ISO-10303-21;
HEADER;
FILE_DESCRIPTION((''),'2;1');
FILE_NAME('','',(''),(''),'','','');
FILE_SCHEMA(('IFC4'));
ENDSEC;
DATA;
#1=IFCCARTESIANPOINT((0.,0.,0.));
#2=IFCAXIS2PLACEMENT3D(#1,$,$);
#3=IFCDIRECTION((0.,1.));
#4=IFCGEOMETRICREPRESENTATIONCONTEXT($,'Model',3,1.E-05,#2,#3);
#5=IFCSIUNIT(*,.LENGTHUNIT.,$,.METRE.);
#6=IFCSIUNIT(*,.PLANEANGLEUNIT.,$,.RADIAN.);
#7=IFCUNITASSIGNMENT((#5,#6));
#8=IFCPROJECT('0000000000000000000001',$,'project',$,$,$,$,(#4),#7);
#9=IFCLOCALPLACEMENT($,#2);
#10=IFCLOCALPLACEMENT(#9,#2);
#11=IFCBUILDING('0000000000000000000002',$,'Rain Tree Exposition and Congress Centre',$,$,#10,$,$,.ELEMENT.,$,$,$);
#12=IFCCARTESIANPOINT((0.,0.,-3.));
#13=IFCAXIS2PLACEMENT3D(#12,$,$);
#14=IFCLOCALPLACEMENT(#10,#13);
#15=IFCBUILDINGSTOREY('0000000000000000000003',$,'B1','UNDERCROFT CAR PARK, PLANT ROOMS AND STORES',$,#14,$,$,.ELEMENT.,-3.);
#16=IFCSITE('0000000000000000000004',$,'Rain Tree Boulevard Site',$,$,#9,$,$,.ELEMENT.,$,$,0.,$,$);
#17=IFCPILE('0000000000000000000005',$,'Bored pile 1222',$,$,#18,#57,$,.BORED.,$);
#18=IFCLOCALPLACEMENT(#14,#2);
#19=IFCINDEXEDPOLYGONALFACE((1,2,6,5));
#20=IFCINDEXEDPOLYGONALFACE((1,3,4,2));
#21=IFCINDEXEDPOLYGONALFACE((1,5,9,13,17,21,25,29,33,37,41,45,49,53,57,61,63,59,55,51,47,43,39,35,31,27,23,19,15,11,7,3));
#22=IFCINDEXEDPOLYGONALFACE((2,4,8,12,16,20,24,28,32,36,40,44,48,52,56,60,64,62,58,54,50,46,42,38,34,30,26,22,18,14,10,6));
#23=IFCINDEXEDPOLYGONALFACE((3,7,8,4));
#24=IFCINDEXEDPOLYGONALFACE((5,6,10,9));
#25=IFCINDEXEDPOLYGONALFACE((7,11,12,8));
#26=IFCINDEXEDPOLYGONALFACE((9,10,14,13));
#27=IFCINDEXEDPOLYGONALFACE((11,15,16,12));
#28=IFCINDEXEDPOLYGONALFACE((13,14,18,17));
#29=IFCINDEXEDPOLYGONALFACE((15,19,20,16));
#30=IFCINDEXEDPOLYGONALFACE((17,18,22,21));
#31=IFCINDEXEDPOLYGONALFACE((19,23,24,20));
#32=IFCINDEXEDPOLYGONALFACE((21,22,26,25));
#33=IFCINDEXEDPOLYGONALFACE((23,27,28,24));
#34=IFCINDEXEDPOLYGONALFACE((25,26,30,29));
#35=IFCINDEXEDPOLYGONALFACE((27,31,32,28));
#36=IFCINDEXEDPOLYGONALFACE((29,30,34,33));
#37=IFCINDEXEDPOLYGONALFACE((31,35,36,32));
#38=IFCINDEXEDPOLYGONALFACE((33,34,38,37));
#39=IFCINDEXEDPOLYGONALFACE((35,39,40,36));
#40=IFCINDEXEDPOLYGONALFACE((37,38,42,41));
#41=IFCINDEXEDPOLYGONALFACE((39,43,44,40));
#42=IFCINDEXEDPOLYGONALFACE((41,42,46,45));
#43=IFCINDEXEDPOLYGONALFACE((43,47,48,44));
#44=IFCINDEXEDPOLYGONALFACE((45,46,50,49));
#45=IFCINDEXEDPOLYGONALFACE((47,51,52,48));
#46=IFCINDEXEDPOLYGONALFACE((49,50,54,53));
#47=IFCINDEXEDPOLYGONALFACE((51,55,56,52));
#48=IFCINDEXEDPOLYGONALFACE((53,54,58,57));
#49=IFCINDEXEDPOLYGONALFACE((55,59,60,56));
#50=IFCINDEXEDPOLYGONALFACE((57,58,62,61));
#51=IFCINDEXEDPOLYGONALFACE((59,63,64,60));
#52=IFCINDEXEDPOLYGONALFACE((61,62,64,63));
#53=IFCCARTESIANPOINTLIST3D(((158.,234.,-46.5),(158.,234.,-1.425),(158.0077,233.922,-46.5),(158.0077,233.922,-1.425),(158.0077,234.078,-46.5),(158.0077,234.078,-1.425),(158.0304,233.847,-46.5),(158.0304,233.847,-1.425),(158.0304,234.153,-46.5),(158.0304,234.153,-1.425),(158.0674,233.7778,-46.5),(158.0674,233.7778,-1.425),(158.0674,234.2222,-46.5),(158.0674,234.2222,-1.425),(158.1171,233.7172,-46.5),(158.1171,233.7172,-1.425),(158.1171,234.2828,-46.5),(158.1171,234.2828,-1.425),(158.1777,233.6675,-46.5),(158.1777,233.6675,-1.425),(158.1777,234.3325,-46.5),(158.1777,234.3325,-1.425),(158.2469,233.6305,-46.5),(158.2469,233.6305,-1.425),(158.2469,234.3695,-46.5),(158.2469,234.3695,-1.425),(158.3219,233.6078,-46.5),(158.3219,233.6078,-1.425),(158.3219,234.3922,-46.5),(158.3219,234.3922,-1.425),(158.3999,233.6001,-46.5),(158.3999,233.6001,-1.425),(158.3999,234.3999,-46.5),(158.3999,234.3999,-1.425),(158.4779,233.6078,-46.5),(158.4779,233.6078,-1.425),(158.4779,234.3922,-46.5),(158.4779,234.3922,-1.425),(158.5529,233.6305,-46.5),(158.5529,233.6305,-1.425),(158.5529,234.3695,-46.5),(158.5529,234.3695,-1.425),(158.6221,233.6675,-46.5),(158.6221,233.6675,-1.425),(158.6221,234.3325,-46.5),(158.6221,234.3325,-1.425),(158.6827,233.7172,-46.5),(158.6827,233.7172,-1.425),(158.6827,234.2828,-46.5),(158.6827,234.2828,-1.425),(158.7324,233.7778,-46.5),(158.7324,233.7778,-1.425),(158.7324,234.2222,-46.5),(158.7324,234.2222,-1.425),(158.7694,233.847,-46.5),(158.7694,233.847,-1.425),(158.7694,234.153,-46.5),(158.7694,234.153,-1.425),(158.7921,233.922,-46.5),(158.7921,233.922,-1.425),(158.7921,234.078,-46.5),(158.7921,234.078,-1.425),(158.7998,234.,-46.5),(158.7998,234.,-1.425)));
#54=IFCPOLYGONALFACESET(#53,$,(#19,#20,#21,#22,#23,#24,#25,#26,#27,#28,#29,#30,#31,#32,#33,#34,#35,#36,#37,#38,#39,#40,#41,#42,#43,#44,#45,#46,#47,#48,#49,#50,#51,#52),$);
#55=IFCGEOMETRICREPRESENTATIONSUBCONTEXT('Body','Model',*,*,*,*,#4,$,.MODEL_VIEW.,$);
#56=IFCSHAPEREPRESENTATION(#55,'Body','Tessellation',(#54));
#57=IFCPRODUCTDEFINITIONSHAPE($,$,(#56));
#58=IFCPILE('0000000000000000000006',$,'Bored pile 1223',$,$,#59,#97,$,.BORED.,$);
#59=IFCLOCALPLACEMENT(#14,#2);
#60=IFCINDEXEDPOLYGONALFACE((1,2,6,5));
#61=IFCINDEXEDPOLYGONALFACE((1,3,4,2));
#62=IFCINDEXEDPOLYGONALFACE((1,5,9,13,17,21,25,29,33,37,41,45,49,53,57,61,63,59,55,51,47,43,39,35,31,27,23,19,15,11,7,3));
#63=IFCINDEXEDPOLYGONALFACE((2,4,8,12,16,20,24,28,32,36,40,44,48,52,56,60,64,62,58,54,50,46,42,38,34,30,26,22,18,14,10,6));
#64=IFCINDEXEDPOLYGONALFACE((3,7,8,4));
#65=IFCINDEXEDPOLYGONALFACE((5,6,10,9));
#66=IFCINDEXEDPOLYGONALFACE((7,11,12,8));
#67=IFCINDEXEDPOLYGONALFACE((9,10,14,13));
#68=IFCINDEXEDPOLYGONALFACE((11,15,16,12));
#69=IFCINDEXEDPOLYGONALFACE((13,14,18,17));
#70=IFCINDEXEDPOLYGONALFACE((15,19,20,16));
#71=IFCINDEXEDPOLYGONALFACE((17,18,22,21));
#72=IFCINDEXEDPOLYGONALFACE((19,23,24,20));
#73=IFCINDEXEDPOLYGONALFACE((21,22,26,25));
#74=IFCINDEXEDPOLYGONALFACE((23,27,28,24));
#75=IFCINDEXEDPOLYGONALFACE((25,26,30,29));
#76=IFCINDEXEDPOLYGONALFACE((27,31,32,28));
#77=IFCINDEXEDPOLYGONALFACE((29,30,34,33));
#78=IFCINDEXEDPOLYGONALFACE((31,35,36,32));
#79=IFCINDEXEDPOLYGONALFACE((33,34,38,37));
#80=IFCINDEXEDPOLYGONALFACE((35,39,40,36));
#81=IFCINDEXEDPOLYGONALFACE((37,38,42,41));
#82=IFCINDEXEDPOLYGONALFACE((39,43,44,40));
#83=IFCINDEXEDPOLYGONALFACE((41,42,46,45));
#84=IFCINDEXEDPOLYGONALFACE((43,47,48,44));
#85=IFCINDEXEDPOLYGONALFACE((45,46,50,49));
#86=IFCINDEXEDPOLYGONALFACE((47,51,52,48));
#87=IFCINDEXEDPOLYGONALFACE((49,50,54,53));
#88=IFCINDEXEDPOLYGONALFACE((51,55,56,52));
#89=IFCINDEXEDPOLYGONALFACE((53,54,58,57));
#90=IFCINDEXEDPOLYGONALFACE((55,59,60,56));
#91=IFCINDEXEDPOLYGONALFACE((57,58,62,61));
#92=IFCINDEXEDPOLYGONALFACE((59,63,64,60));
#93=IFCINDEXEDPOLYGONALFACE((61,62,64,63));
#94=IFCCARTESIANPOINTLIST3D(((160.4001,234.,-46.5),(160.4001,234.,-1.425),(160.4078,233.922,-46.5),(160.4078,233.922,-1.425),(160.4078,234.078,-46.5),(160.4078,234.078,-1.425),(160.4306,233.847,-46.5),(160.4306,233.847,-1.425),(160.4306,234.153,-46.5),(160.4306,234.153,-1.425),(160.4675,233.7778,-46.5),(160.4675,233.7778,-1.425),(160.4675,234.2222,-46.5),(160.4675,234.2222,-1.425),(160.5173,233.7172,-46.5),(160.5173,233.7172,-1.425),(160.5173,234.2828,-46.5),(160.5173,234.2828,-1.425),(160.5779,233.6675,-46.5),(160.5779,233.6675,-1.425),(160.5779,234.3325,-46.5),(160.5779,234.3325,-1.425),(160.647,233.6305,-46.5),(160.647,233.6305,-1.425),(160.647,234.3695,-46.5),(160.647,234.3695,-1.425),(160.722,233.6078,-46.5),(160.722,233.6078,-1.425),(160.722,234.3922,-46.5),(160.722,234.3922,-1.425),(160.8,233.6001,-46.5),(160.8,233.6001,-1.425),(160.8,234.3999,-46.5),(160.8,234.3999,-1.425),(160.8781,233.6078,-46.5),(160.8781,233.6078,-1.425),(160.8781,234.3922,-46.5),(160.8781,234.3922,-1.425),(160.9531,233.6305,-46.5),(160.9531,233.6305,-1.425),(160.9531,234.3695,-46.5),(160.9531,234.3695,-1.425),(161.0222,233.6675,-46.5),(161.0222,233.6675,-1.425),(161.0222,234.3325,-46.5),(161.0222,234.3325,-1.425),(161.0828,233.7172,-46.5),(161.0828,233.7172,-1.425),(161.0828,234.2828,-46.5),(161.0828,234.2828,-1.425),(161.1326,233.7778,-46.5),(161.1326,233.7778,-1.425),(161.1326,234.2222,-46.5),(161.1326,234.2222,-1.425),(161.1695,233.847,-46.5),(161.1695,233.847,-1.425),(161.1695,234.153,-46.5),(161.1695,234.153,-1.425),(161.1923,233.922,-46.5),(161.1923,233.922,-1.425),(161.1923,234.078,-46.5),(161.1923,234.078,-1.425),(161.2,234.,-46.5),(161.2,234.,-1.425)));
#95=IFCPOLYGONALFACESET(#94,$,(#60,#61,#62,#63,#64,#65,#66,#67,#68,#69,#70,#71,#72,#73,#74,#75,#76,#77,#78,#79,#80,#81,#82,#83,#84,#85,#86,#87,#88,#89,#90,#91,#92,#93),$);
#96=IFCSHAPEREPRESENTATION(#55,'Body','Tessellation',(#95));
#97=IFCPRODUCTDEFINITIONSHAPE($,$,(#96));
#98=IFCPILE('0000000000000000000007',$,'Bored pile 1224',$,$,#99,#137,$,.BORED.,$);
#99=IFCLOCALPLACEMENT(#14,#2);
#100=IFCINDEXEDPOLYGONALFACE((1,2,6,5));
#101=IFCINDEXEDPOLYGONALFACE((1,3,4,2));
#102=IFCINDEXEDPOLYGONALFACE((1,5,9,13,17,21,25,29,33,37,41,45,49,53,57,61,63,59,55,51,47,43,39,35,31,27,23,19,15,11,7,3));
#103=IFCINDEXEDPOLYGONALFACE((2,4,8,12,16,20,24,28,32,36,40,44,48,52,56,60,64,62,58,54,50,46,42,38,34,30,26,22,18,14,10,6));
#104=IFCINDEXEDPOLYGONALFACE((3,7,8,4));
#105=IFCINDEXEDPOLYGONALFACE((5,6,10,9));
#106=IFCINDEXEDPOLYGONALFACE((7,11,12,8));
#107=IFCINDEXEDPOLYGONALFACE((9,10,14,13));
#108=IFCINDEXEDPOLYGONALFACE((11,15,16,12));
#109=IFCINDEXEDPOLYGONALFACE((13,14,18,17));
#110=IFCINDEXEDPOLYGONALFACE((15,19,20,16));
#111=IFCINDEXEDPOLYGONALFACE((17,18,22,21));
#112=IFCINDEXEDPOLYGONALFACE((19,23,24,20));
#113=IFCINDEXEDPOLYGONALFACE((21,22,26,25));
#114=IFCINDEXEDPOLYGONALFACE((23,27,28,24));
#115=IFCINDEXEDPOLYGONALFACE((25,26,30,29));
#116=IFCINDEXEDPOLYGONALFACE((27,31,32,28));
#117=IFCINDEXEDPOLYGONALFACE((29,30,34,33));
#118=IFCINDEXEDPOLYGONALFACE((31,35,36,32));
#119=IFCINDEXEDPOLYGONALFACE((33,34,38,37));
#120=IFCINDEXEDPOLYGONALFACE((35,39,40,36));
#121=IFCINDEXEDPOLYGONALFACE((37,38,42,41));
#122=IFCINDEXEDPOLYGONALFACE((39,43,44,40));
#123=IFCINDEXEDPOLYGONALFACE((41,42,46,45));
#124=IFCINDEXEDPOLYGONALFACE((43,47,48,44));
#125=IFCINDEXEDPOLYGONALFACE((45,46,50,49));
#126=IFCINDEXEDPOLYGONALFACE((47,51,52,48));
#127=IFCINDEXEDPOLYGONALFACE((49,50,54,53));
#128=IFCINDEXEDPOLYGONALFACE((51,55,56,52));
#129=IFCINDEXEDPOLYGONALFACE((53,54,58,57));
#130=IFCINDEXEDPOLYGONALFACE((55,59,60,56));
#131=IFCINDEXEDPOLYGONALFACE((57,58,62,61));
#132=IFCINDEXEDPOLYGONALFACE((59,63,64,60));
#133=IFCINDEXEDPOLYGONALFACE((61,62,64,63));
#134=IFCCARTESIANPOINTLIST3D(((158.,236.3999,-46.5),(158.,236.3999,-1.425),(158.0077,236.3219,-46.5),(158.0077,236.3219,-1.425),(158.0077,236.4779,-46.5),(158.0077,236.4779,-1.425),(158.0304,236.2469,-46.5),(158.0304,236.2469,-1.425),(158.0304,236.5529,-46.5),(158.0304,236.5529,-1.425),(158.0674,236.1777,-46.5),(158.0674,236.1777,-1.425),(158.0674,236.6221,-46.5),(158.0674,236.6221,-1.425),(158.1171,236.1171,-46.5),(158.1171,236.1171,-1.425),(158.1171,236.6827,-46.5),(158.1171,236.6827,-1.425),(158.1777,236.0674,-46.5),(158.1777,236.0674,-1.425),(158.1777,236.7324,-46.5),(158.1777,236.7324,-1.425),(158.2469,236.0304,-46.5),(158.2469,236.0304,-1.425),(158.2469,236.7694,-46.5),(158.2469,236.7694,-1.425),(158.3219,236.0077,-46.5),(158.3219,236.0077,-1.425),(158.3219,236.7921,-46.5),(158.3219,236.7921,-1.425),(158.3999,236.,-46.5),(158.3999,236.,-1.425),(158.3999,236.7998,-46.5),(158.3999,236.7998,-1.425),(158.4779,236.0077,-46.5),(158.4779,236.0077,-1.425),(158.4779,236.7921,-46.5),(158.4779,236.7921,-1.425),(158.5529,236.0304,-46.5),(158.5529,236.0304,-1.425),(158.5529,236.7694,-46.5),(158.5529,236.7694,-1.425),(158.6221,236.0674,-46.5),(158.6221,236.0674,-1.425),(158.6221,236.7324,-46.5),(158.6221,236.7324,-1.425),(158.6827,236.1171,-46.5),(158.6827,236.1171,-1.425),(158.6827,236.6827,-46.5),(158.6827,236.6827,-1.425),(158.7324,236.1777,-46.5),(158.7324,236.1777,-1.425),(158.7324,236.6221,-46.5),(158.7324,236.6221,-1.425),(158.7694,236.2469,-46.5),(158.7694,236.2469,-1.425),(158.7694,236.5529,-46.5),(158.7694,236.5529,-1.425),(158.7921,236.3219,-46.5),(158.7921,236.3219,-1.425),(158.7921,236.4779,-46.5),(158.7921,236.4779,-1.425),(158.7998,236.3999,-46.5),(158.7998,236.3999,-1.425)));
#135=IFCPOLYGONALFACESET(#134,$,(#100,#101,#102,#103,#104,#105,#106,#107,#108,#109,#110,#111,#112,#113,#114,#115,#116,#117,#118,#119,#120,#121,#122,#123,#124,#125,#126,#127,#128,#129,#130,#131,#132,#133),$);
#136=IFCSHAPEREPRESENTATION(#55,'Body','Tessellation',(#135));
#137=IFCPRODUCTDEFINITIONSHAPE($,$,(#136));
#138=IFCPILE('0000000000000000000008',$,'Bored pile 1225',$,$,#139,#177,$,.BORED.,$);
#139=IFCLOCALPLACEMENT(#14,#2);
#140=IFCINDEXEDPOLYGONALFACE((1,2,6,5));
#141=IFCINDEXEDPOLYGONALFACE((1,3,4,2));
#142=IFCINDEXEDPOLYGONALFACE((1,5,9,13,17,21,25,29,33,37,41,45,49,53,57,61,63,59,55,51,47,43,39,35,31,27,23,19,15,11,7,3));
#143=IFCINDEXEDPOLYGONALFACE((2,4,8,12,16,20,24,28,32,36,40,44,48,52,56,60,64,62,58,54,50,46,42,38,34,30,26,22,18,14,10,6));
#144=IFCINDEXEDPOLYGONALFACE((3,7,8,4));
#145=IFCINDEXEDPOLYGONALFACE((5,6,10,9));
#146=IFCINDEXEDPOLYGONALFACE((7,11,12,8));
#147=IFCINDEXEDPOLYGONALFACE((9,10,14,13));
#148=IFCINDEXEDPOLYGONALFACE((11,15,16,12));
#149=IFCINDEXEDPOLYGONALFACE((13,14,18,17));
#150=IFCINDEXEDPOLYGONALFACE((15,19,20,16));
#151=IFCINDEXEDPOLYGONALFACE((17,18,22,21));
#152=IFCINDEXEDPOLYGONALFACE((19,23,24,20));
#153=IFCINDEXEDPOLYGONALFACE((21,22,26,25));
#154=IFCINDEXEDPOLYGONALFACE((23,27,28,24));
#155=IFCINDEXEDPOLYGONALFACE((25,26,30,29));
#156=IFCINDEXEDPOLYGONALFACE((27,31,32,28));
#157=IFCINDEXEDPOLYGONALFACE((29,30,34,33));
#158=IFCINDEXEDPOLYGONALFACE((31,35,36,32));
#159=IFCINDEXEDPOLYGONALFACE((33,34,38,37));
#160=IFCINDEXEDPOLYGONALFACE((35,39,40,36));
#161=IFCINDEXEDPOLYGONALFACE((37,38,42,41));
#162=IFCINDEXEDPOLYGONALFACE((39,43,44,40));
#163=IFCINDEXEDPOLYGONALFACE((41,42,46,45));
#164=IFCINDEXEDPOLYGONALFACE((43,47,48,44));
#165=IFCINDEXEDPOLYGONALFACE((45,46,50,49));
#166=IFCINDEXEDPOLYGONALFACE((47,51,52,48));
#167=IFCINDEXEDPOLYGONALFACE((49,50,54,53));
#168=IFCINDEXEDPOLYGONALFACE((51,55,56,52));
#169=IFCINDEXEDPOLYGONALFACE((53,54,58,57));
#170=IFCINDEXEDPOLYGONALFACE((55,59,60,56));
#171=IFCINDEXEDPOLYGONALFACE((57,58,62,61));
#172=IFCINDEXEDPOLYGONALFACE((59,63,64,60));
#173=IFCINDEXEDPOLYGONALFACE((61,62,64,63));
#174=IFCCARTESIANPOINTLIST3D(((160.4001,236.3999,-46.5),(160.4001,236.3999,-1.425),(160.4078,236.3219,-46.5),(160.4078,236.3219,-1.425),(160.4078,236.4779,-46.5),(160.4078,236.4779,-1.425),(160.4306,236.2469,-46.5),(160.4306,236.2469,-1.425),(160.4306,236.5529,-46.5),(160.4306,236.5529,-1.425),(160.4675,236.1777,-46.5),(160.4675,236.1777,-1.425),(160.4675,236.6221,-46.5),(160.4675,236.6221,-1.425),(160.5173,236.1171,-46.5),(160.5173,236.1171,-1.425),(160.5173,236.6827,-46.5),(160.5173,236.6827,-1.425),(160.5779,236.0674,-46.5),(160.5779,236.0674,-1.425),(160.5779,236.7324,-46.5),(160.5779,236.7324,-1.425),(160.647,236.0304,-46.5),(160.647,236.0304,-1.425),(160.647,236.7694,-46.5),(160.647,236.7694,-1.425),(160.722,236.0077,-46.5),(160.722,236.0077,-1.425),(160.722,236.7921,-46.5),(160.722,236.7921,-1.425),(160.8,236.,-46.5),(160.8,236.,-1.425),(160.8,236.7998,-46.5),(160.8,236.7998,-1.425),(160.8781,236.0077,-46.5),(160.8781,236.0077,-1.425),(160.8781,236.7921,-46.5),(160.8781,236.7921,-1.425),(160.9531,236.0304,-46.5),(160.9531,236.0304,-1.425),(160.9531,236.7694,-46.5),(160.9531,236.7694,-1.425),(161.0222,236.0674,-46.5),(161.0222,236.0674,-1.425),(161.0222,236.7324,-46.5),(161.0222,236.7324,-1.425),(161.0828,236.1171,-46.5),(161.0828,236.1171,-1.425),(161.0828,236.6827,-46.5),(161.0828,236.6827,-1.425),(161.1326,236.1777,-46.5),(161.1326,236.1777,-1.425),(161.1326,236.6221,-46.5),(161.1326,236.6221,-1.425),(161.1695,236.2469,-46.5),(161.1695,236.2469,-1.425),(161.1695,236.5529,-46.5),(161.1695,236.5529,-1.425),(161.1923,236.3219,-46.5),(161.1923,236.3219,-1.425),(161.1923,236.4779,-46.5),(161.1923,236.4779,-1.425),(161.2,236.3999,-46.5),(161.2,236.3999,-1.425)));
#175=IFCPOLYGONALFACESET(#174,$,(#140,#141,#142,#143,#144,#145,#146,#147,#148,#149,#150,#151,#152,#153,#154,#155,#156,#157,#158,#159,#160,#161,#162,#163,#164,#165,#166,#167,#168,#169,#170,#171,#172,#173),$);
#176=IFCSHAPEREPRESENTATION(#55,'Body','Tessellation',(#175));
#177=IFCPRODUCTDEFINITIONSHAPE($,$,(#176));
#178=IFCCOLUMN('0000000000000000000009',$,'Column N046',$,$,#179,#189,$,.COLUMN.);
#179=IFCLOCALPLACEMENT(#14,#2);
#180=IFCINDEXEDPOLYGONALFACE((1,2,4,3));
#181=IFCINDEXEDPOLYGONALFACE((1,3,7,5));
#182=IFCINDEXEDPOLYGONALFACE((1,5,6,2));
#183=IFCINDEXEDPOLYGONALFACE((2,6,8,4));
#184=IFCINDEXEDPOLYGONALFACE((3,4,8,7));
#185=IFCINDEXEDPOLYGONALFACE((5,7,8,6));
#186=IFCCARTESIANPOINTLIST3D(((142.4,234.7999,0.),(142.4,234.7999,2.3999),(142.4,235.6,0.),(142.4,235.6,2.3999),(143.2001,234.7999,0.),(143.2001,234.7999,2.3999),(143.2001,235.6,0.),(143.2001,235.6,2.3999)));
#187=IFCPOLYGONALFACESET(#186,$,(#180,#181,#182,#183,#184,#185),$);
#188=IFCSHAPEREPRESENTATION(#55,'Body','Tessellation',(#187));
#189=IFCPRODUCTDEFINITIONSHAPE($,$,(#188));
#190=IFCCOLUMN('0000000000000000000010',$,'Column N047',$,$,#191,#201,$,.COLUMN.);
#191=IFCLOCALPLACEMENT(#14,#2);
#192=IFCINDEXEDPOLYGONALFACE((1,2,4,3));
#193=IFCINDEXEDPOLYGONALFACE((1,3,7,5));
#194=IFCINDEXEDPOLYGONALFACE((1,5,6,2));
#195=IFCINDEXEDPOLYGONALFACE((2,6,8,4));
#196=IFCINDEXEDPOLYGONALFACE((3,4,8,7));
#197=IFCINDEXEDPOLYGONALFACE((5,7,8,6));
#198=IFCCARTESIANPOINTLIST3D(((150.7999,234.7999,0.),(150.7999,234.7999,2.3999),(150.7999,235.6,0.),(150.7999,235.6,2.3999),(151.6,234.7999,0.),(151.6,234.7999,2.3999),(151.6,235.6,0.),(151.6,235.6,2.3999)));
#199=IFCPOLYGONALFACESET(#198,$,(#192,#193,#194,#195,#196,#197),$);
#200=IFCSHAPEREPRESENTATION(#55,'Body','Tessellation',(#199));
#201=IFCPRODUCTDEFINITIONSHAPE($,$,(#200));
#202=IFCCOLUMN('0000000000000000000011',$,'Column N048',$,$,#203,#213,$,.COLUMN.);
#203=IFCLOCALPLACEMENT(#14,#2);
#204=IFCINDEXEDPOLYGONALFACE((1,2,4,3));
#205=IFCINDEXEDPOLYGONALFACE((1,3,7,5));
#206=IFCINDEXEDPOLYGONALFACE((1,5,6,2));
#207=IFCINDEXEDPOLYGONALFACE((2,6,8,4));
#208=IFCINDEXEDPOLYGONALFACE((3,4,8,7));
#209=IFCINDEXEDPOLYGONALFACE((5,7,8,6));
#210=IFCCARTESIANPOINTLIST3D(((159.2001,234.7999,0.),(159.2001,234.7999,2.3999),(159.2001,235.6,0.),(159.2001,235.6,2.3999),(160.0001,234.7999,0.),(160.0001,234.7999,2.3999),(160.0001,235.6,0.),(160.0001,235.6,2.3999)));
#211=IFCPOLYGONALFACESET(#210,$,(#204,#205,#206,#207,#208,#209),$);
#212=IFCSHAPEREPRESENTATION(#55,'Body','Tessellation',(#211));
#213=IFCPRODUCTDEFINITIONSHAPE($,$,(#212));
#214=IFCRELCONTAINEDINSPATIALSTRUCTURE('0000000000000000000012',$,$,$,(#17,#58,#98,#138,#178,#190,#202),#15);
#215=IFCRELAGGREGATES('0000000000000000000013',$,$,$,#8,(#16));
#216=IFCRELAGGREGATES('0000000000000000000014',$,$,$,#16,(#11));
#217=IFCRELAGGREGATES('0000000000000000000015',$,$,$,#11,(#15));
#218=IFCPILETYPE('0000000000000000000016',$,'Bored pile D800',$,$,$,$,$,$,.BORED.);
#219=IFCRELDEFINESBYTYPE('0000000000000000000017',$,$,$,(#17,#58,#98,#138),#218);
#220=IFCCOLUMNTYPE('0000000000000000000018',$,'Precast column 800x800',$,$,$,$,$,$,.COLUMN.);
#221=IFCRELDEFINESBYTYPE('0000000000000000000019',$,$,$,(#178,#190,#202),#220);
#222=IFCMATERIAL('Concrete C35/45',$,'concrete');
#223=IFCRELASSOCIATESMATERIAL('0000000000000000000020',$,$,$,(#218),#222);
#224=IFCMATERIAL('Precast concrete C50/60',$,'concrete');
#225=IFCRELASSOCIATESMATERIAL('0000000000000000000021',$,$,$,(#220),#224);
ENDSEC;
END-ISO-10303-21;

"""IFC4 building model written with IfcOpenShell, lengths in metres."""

from ifc_helpers import new_model, si_unit, direction, frame, origin, origin_2d, place, context, subcontext, project, spatial, rectangle, circle, extrude, material, material_profile, profile_set, type_object, element, save


model = new_model("IFC4")

# Units and contexts
model_context = context("Model", 3, precision=1e-05, world=origin(), true_north=direction((0.0, 1.0)))
body_context = subcontext(model_context, "Body", "Model", "MODEL_VIEW")
ifc_project = project(units=[si_unit("LENGTHUNIT", "METRE"), si_unit("PLANEANGLEUNIT", "RADIAN")], contexts=[model_context])

# Site, building, storey
site_placement = place(None, origin())
site = spatial("IfcSite", under=ifc_project, at=site_placement, Name="Rain Tree Boulevard Site", CompositionType="ELEMENT", RefElevation=0.0)
building_placement = place(site_placement, origin())
building = spatial("IfcBuilding", under=site, at=building_placement, Name="Rain Tree Exposition and Congress Centre", CompositionType="ELEMENT")
storey_placement = place(building_placement, frame((0.0, 0.0, -3.0)))
storey = spatial("IfcBuildingStorey", under=building, at=storey_placement, Name="B1", Description="UNDERCROFT CAR PARK, PLANT ROOMS AND STORES", CompositionType="ELEMENT", Elevation=-3.0)

# Piles
ifc_material_1 = material(Name="Concrete C35/45", Category="concrete")
ifc_material_profile_1 = material_profile(ifc_material_1, circle(Radius=0.3999, at=origin_2d()), Name="D800")
ifc_profile_set_1 = profile_set([ifc_material_profile_1], Name="Concrete C35/45")
pile_type = type_object("IfcPileType", Name="Bored pile D800", PredefinedType="BORED", material=ifc_profile_set_1)
for number, where, z_axis, x_axis, name in (
    (1, (158.3999, 234.0, -1.425), (0.0, 0.0, -1.0), (1.0, 0.0, 0.0), "Bored pile 1222"),
    (2, (160.8, 234.0, -1.425), (0.0, 0.0, -1.0), (1.0, 0.0, 0.0), "Bored pile 1223"),
    (3, (158.3999, 236.3999, -1.425), (0.0, 0.0, -1.0), (1.0, 0.0, 0.0), "Bored pile 1224"),
    (4, (160.8, 236.3999, -1.425), (0.0, 0.0, -1.0), (1.0, 0.0, 0.0), "Bored pile 1225"),
):
    element("IfcPile", number, at=place(storey_placement, frame(where, z_axis=z_axis, x_axis=x_axis)), inside=storey, type_object=pile_type, Name=name, PredefinedType="BORED", context=body_context, shape_type="SweptSolid", body=[
        extrude(circle(Radius=0.3999, at=origin_2d()), origin(), (0.0, 0.0, 1.0), 45.075),
    ])

# Columns
ifc_material_2 = material(Name="Precast concrete C50/60", Category="concrete")
ifc_material_profile_2 = material_profile(ifc_material_2, rectangle(XDim=0.8, YDim=0.8, at=origin_2d()), Name="RC 800x800")
ifc_profile_set_2 = profile_set([ifc_material_profile_2], Name="Precast concrete C50/60")
column_type = type_object("IfcColumnType", Name="Precast column 800x800", PredefinedType="COLUMN", material=ifc_profile_set_2)
for number, where, z_axis, x_axis, name in (
    (5, (142.8, 235.2, 0.0), (0.0, 0.0, 1.0), (1.0, 0.0, 0.0), "Column N046"),
    (6, (151.2, 235.2, 0.0), (0.0, 0.0, 1.0), (1.0, 0.0, 0.0), "Column N047"),
    (7, (159.6001, 235.2, 0.0), (0.0, 0.0, 1.0), (1.0, 0.0, 0.0), "Column N048"),
):
    element("IfcColumn", number, at=place(storey_placement, frame(where, z_axis=z_axis, x_axis=x_axis)), inside=storey, type_object=column_type, Name=name, PredefinedType="COLUMN", context=body_context, shape_type="SweptSolid", body=[
        extrude(rectangle(XDim=0.8, YDim=0.8, at=origin_2d()), origin(), (0.0, 0.0, 1.0), 2.3999),
    ])

save(model, "model.ifc")
